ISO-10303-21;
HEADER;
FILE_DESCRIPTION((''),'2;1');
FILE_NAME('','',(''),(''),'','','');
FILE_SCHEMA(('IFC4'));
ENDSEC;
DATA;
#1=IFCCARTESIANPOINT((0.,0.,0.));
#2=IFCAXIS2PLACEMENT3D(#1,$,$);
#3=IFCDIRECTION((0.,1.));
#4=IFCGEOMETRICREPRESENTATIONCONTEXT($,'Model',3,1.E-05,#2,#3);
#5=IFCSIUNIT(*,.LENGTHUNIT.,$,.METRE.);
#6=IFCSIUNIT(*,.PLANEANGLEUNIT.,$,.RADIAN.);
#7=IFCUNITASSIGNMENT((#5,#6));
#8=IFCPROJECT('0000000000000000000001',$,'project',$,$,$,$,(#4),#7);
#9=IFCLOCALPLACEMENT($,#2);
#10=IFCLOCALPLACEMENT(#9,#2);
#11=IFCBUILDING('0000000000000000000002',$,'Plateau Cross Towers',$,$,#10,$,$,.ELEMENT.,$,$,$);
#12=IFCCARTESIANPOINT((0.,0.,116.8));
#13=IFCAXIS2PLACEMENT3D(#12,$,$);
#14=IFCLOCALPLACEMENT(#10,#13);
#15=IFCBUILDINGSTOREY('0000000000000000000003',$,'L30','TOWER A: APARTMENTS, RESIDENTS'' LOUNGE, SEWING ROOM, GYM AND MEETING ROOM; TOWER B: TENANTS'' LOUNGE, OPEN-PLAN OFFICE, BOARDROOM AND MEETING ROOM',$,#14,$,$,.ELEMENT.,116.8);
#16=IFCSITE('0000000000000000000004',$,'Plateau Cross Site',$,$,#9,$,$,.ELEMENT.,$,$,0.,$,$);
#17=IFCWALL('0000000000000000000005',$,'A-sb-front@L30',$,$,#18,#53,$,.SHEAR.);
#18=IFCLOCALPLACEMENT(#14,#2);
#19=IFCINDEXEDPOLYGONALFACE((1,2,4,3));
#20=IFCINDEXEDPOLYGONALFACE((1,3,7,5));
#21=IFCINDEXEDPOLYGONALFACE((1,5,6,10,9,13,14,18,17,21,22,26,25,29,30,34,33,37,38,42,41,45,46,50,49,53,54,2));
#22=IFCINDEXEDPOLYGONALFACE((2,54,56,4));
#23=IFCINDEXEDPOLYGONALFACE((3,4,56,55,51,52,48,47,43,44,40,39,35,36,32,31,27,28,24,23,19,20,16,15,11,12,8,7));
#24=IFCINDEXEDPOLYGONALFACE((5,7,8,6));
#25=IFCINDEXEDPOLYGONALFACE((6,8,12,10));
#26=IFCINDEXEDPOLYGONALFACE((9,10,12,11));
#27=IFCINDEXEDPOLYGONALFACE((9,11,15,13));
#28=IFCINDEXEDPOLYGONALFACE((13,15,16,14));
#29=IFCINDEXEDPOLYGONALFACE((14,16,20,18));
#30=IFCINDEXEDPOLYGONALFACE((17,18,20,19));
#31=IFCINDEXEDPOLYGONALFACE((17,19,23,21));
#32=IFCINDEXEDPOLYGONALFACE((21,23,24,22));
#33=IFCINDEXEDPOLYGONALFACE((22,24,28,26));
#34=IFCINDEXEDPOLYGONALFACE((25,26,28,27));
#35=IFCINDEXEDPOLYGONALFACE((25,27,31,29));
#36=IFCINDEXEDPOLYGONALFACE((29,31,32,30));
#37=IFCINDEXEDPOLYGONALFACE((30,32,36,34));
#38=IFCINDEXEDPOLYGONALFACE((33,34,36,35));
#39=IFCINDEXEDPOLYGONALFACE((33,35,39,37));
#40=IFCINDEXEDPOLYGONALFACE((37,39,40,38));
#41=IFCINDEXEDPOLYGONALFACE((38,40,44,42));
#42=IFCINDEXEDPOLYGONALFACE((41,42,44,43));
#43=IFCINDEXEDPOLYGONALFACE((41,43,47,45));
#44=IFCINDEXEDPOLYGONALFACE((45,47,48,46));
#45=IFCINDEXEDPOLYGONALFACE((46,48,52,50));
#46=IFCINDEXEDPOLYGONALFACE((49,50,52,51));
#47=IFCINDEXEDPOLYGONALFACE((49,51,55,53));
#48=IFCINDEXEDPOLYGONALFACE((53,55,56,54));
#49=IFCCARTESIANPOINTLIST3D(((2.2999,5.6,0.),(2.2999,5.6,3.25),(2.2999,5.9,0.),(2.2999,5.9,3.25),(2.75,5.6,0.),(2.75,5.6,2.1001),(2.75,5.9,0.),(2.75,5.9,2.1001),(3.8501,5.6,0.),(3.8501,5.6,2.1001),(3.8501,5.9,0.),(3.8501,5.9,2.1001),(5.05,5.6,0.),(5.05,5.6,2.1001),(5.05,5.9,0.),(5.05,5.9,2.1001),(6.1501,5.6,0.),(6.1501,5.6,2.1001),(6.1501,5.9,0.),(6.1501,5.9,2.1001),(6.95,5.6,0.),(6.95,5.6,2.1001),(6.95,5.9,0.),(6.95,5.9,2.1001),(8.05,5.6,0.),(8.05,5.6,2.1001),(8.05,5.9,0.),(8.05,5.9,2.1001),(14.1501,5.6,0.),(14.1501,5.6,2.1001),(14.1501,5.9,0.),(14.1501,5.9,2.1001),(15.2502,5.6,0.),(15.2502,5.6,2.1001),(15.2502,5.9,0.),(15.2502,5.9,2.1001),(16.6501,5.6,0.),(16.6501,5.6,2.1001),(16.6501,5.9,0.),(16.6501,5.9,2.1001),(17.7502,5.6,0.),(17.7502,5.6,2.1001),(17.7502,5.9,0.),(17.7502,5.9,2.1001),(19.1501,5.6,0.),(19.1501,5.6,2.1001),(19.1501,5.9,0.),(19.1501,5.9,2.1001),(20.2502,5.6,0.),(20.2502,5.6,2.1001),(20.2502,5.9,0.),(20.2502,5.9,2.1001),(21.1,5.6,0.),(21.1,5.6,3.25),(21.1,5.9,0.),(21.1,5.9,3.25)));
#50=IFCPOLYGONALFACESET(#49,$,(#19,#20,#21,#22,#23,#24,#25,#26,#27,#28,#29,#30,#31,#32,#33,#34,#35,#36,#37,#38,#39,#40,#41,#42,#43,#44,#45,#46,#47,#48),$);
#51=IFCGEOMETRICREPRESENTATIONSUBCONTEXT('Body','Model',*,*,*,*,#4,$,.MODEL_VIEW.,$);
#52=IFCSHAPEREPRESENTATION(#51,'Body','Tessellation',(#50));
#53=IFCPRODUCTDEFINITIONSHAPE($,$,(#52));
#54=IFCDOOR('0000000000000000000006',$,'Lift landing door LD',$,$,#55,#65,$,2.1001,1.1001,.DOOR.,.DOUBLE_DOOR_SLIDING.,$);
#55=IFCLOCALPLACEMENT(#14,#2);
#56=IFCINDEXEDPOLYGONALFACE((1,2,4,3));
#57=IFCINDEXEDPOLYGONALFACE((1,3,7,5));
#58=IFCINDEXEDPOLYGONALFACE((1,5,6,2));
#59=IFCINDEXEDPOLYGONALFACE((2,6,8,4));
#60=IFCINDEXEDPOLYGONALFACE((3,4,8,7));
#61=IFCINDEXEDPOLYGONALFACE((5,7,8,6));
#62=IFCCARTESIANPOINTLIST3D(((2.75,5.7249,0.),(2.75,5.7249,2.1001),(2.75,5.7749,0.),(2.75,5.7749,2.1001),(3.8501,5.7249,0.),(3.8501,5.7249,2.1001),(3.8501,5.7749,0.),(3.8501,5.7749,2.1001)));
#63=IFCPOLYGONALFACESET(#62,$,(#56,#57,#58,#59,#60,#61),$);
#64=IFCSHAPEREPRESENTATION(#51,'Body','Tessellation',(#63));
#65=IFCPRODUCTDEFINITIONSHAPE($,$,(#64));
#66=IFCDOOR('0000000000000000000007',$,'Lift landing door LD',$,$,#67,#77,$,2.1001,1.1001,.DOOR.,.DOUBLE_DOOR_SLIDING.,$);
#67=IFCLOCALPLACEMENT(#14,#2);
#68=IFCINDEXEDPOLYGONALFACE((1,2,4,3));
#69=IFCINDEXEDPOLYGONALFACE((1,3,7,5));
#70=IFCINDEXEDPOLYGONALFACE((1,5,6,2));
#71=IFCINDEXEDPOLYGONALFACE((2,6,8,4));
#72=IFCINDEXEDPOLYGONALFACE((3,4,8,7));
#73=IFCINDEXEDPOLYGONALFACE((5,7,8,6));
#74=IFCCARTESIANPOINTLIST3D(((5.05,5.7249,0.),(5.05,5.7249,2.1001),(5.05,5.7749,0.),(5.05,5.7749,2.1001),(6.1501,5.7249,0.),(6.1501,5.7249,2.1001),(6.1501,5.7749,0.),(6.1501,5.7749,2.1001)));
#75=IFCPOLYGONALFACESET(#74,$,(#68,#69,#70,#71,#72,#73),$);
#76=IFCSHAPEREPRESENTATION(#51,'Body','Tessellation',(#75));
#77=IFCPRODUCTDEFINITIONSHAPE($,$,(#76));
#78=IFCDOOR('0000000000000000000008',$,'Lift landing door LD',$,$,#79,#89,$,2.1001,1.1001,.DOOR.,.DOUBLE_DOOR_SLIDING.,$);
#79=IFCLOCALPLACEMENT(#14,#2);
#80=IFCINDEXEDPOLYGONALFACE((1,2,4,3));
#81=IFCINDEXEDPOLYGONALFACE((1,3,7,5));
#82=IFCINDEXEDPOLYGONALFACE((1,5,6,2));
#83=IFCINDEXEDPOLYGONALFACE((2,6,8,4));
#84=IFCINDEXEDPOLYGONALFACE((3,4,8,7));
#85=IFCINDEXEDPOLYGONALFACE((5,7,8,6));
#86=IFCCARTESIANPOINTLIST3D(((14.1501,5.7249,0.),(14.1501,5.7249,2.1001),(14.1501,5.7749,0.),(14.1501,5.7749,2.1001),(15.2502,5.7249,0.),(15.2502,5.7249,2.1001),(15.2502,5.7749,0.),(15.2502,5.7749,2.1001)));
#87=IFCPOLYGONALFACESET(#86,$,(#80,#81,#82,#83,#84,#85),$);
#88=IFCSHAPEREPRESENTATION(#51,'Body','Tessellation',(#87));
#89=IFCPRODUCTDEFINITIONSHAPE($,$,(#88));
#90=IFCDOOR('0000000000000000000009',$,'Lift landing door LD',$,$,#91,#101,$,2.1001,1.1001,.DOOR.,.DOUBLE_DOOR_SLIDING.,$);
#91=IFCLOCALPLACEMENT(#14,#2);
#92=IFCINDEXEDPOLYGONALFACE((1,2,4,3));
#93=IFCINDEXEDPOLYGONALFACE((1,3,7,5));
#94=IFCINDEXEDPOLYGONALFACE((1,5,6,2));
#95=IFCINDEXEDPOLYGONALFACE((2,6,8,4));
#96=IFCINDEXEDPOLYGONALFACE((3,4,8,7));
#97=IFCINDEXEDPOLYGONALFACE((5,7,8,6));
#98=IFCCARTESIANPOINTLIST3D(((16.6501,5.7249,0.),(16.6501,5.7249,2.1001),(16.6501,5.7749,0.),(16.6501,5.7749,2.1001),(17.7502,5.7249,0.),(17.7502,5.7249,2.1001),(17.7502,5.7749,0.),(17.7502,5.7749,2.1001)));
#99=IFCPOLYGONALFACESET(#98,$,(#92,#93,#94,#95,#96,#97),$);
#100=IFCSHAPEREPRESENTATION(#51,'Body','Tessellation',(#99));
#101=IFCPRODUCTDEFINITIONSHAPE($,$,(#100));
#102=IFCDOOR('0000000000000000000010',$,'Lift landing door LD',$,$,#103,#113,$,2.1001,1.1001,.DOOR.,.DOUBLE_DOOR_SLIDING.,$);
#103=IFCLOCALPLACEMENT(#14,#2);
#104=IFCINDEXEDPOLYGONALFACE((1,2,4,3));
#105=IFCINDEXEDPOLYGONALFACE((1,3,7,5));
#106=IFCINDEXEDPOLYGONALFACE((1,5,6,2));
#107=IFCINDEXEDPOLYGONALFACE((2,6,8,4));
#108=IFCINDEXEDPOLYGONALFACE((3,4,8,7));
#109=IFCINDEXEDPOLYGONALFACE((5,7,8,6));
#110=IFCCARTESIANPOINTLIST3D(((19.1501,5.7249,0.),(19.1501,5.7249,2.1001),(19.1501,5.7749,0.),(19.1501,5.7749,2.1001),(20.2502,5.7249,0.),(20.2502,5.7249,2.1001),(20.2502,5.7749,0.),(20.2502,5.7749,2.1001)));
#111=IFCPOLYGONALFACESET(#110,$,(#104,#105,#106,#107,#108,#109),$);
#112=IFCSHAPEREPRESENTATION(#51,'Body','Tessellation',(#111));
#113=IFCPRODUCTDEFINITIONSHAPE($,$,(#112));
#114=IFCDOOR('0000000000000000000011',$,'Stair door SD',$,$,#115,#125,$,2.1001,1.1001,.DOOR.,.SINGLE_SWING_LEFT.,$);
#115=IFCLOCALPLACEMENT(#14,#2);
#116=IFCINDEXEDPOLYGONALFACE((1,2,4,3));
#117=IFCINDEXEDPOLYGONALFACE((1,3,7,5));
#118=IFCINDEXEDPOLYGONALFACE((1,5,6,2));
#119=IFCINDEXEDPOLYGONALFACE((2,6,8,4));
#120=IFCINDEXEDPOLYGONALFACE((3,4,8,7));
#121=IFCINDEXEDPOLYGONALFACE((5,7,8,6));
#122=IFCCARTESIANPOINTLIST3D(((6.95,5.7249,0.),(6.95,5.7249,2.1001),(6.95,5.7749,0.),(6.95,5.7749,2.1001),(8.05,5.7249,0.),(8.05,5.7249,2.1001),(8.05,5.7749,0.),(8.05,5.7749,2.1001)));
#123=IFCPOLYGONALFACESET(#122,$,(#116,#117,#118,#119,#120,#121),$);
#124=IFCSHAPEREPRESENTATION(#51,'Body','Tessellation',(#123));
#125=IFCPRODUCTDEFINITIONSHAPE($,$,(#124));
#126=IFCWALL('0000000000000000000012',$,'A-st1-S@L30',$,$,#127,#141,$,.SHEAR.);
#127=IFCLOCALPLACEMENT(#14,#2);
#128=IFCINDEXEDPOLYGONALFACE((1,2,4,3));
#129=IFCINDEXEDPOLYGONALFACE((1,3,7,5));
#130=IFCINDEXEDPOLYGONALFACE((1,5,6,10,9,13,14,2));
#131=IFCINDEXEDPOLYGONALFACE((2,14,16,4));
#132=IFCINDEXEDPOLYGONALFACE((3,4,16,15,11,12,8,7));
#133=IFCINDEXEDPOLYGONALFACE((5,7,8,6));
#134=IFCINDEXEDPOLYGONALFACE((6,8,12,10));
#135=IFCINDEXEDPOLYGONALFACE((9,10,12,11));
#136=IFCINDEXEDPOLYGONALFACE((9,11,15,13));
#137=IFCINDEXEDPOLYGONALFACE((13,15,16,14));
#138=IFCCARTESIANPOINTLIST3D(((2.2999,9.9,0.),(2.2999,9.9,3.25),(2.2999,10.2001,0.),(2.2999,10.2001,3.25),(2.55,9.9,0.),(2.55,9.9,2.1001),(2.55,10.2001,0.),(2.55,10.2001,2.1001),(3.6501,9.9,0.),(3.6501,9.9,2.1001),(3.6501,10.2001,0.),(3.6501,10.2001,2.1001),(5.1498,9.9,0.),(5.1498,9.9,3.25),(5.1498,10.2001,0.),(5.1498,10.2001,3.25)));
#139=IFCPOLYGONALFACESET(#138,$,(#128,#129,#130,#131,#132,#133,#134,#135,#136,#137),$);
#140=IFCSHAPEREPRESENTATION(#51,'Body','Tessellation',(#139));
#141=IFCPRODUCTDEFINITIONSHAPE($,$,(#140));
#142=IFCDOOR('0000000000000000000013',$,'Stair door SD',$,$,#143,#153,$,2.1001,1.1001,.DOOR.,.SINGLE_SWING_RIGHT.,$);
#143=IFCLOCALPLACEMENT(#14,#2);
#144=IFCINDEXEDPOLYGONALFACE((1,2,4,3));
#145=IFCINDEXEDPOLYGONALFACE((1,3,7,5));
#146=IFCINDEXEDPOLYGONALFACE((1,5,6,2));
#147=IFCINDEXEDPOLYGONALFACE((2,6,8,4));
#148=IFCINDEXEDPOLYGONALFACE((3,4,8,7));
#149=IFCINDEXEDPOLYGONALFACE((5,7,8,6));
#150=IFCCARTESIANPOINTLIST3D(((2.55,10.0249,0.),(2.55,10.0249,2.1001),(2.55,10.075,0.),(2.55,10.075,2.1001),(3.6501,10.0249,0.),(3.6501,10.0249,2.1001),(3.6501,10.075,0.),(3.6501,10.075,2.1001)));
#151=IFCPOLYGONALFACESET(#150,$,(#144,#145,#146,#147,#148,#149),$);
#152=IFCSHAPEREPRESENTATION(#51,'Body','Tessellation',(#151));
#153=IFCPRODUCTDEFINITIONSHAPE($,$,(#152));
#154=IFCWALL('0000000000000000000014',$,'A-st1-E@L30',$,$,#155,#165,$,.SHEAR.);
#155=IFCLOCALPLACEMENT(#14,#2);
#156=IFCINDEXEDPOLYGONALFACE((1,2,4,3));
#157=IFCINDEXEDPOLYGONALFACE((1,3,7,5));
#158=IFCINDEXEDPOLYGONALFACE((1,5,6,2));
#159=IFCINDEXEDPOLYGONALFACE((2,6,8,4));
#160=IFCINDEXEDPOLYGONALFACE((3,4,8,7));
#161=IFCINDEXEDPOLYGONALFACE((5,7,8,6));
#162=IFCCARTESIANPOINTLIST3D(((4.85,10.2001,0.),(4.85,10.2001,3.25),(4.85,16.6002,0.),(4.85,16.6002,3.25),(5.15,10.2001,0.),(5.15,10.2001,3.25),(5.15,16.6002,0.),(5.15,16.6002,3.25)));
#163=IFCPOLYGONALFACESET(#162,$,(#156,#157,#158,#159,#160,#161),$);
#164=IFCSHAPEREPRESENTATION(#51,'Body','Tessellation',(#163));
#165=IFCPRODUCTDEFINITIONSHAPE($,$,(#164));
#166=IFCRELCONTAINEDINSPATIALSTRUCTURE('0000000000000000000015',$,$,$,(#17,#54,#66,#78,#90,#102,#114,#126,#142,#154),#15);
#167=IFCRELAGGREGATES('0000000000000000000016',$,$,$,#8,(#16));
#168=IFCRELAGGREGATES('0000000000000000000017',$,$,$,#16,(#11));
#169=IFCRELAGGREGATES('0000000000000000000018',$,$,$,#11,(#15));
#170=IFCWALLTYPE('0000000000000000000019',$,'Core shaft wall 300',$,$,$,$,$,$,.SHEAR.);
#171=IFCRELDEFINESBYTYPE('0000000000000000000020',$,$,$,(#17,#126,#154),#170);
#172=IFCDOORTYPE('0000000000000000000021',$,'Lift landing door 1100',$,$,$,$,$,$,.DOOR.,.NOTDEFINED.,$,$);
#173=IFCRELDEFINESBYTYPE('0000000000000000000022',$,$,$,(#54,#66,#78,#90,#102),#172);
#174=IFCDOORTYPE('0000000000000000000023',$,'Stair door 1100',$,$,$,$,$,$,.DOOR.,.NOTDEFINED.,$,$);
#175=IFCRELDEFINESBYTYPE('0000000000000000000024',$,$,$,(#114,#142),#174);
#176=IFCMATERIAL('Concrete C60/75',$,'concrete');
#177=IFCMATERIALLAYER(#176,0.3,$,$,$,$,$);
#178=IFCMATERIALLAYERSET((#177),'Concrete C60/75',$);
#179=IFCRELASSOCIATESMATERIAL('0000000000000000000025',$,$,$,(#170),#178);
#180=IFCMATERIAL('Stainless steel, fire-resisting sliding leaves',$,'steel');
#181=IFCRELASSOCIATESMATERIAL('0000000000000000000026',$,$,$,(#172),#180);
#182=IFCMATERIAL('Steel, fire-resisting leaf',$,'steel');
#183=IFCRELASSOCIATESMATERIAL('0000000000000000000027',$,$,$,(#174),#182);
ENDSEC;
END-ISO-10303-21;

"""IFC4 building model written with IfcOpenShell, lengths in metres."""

from ifc_helpers import new_model, si_unit, direction, frame, frame_2d, origin, place, context, subcontext, project, spatial, rectangle, extrude, material, layer, layer_set, type_object, element, fill, save


model = new_model("IFC4")

# Units and contexts
model_context = context("Model", 3, precision=1e-05, world=origin(), true_north=direction((0.0, 1.0)))
body_context = subcontext(model_context, "Body", "Model", "MODEL_VIEW")
ifc_project = project(units=[si_unit("LENGTHUNIT", "METRE"), si_unit("PLANEANGLEUNIT", "RADIAN")], contexts=[model_context])

# Site, building, storey
site_placement = place(None, origin())
site = spatial("IfcSite", under=ifc_project, at=site_placement, Name="Plateau Cross Site", CompositionType="ELEMENT", RefElevation=0.0)
building_placement = place(site_placement, origin())
building = spatial("IfcBuilding", under=site, at=building_placement, Name="Plateau Cross Towers", CompositionType="ELEMENT")
storey_placement = place(building_placement, frame((0.0, 0.0, 116.8)))
storey = spatial("IfcBuildingStorey", under=building, at=storey_placement, Name="L30", Description="TOWER A: APARTMENTS, RESIDENTS' LOUNGE, SEWING ROOM, GYM AND MEETING ROOM; TOWER B: TENANTS' LOUNGE, OPEN-PLAN OFFICE, BOARDROOM AND MEETING ROOM", CompositionType="ELEMENT", Elevation=116.8)

# Shared definitions
ifc_material_1 = material(Name="Concrete C60/75", Category="concrete")
ifc_layer_1 = layer(ifc_material_1, 0.3)
ifc_layer_set_1 = layer_set([ifc_layer_1], Name="Concrete C60/75")
wall_type_1 = type_object("IfcWallType", Name="Core shaft wall 300", PredefinedType="SHEAR", material=ifc_layer_set_1)

# Wall, openings, doors
wall_1_placement = place(storey_placement, frame((2.3, 5.75, 0.0), z_axis=(0.0, 0.0, 1.0), x_axis=(1.0, 0.0, 0.0)))
wall_1 = element("IfcWall", 1, at=wall_1_placement, inside=storey, type_object=wall_type_1, Name="A-sb-front@L30", PredefinedType="SHEAR", context=body_context, shape_type="SweptSolid", body=[
    extrude(rectangle(XDim=18.8, YDim=0.3, at=frame_2d((9.3999, 0.0))), origin(), (0.0, 0.0, 1.0), 3.25),
])
opening_1_placement = place(wall_1_placement, frame((4.6499, 0.0, 0.0)))
opening_1 = element("IfcOpeningElement", 2, at=opening_1_placement, cuts=wall_1, PredefinedType="OPENING", context=body_context, shape_type="SweptSolid", body=[
    extrude(rectangle(XDim=1.1001, YDim=2.1001, at=frame_2d((0.55, 1.05))), frame((0.0, 0.1599, 0.0), z_axis=(0.0, -1.0, 0.0), x_axis=(1.0, 0.0, 0.0)), (0.0, 0.0, 1.0), 0.3201),
])
opening_2_placement = place(wall_1_placement, frame((0.45, 0.0, 0.0)))
opening_2 = element("IfcOpeningElement", 3, at=opening_2_placement, cuts=wall_1, PredefinedType="OPENING", context=body_context, shape_type="SweptSolid", body=[
    extrude(rectangle(XDim=1.1001, YDim=2.1001, at=frame_2d((0.55, 1.05))), frame((0.0, 0.1599, 0.0), z_axis=(0.0, -1.0, 0.0), x_axis=(1.0, 0.0, 0.0)), (0.0, 0.0, 1.0), 0.3201),
])
opening_3_placement = place(wall_1_placement, frame((2.75, 0.0, 0.0)))
opening_3 = element("IfcOpeningElement", 4, at=opening_3_placement, cuts=wall_1, PredefinedType="OPENING", context=body_context, shape_type="SweptSolid", body=[
    extrude(rectangle(XDim=1.1001, YDim=2.1001, at=frame_2d((0.55, 1.05))), frame((0.0, 0.1599, 0.0), z_axis=(0.0, -1.0, 0.0), x_axis=(1.0, 0.0, 0.0)), (0.0, 0.0, 1.0), 0.3201),
])
opening_4_placement = place(wall_1_placement, frame((11.8501, 0.0, 0.0)))
opening_4 = element("IfcOpeningElement", 5, at=opening_4_placement, cuts=wall_1, PredefinedType="OPENING", context=body_context, shape_type="SweptSolid", body=[
    extrude(rectangle(XDim=1.1001, YDim=2.1001, at=frame_2d((0.55, 1.05))), frame((0.0, 0.1599, 0.0), z_axis=(0.0, -1.0, 0.0), x_axis=(1.0, 0.0, 0.0)), (0.0, 0.0, 1.0), 0.3201),
])
opening_5_placement = place(wall_1_placement, frame((14.3501, 0.0, 0.0)))
opening_5 = element("IfcOpeningElement", 6, at=opening_5_placement, cuts=wall_1, PredefinedType="OPENING", context=body_context, shape_type="SweptSolid", body=[
    extrude(rectangle(XDim=1.1001, YDim=2.1001, at=frame_2d((0.55, 1.05))), frame((0.0, 0.1599, 0.0), z_axis=(0.0, -1.0, 0.0), x_axis=(1.0, 0.0, 0.0)), (0.0, 0.0, 1.0), 0.3201),
])
opening_6_placement = place(wall_1_placement, frame((16.8501, 0.0, 0.0)))
opening_6 = element("IfcOpeningElement", 7, at=opening_6_placement, cuts=wall_1, PredefinedType="OPENING", context=body_context, shape_type="SweptSolid", body=[
    extrude(rectangle(XDim=1.1001, YDim=2.1001, at=frame_2d((0.55, 1.05))), frame((0.0, 0.1599, 0.0), z_axis=(0.0, -1.0, 0.0), x_axis=(1.0, 0.0, 0.0)), (0.0, 0.0, 1.0), 0.3201),
])
ifc_material_2 = material(Name="Stainless steel, fire-resisting sliding leaves", Category="steel")
door_type_1 = type_object("IfcDoorType", Name="Lift landing door 1100", OperationType="NOTDEFINED", PredefinedType="DOOR", material=ifc_material_2)
door_1_placement = place(opening_2_placement, origin())
door_1 = element("IfcDoor", 8, at=door_1_placement, inside=storey, type_object=door_type_1, Name="Lift landing door LD", OperationType="DOUBLE_DOOR_SLIDING", OverallHeight=2.1001, OverallWidth=1.1001, PredefinedType="DOOR", context=body_context, shape_type="SweptSolid", body=[
    extrude(rectangle(XDim=1.1001, YDim=2.1001, at=frame_2d((0.55, 1.05))), frame((0.0, 0.0249, 0.0), z_axis=(0.0, -1.0, 0.0), x_axis=(1.0, 0.0, 0.0)), (0.0, 0.0, 1.0), 0.05),
])
fill(opening_2, door_1)
door_2_placement = place(opening_3_placement, origin())
door_2 = element("IfcDoor", 9, at=door_2_placement, inside=storey, type_object=door_type_1, Name="Lift landing door LD", OperationType="DOUBLE_DOOR_SLIDING", OverallHeight=2.1001, OverallWidth=1.1001, PredefinedType="DOOR", context=body_context, shape_type="SweptSolid", body=[
    extrude(rectangle(XDim=1.1001, YDim=2.1001, at=frame_2d((0.55, 1.05))), frame((0.0, 0.0249, 0.0), z_axis=(0.0, -1.0, 0.0), x_axis=(1.0, 0.0, 0.0)), (0.0, 0.0, 1.0), 0.05),
])
fill(opening_3, door_2)
door_3_placement = place(opening_4_placement, origin())
door_3 = element("IfcDoor", 10, at=door_3_placement, inside=storey, type_object=door_type_1, Name="Lift landing door LD", OperationType="DOUBLE_DOOR_SLIDING", OverallHeight=2.1001, OverallWidth=1.1001, PredefinedType="DOOR", context=body_context, shape_type="SweptSolid", body=[
    extrude(rectangle(XDim=1.1001, YDim=2.1001, at=frame_2d((0.55, 1.05))), frame((0.0, 0.0249, 0.0), z_axis=(0.0, -1.0, 0.0), x_axis=(1.0, 0.0, 0.0)), (0.0, 0.0, 1.0), 0.05),
])
fill(opening_4, door_3)
door_4_placement = place(opening_5_placement, origin())
door_4 = element("IfcDoor", 11, at=door_4_placement, inside=storey, type_object=door_type_1, Name="Lift landing door LD", OperationType="DOUBLE_DOOR_SLIDING", OverallHeight=2.1001, OverallWidth=1.1001, PredefinedType="DOOR", context=body_context, shape_type="SweptSolid", body=[
    extrude(rectangle(XDim=1.1001, YDim=2.1001, at=frame_2d((0.55, 1.05))), frame((0.0, 0.0249, 0.0), z_axis=(0.0, -1.0, 0.0), x_axis=(1.0, 0.0, 0.0)), (0.0, 0.0, 1.0), 0.05),
])
fill(opening_5, door_4)
door_5_placement = place(opening_6_placement, origin())
door_5 = element("IfcDoor", 12, at=door_5_placement, inside=storey, type_object=door_type_1, Name="Lift landing door LD", OperationType="DOUBLE_DOOR_SLIDING", OverallHeight=2.1001, OverallWidth=1.1001, PredefinedType="DOOR", context=body_context, shape_type="SweptSolid", body=[
    extrude(rectangle(XDim=1.1001, YDim=2.1001, at=frame_2d((0.55, 1.05))), frame((0.0, 0.0249, 0.0), z_axis=(0.0, -1.0, 0.0), x_axis=(1.0, 0.0, 0.0)), (0.0, 0.0, 1.0), 0.05),
])
fill(opening_6, door_5)
ifc_material_3 = material(Name="Steel, fire-resisting leaf", Category="steel")
door_type_2 = type_object("IfcDoorType", Name="Stair door 1100", OperationType="NOTDEFINED", PredefinedType="DOOR", material=ifc_material_3)
door_6_placement = place(opening_1_placement, origin())
door_6 = element("IfcDoor", 13, at=door_6_placement, inside=storey, type_object=door_type_2, Name="Stair door SD", OperationType="SINGLE_SWING_LEFT", OverallHeight=2.1001, OverallWidth=1.1001, PredefinedType="DOOR", context=body_context, shape_type="SweptSolid", body=[
    extrude(rectangle(XDim=1.1001, YDim=2.1001, at=frame_2d((0.55, 1.05))), frame((0.0, 0.0249, 0.0), z_axis=(0.0, -1.0, 0.0), x_axis=(1.0, 0.0, 0.0)), (0.0, 0.0, 1.0), 0.05),
])
fill(opening_1, door_6)

# Wall, opening, door
wall_2_placement = place(storey_placement, frame((2.3, 10.05, 0.0), z_axis=(0.0, 0.0, 1.0), x_axis=(1.0, 0.0, 0.0)))
wall_2 = element("IfcWall", 14, at=wall_2_placement, inside=storey, type_object=wall_type_1, Name="A-st1-S@L30", PredefinedType="SHEAR", context=body_context, shape_type="SweptSolid", body=[
    extrude(rectangle(XDim=2.8499, YDim=0.3, at=frame_2d((1.4248, 0.0))), origin(), (0.0, 0.0, 1.0), 3.25),
])
opening_7_placement = place(wall_2_placement, frame((0.25, 0.0, 0.0)))
opening_7 = element("IfcOpeningElement", 15, at=opening_7_placement, cuts=wall_2, PredefinedType="OPENING", context=body_context, shape_type="SweptSolid", body=[
    extrude(rectangle(XDim=1.1001, YDim=2.1001, at=frame_2d((0.55, 1.05))), frame((0.0, 0.1599, 0.0), z_axis=(0.0, -1.0, 0.0), x_axis=(1.0, 0.0, 0.0)), (0.0, 0.0, 1.0), 0.3201),
])
door_7_placement = place(opening_7_placement, origin())
door_7 = element("IfcDoor", 16, at=door_7_placement, inside=storey, type_object=door_type_2, Name="Stair door SD", OperationType="SINGLE_SWING_RIGHT", OverallHeight=2.1001, OverallWidth=1.1001, PredefinedType="DOOR", context=body_context, shape_type="SweptSolid", body=[
    extrude(rectangle(XDim=1.1001, YDim=2.1001, at=frame_2d((0.55, 1.05))), frame((0.0, 0.0249, 0.0), z_axis=(0.0, -1.0, 0.0), x_axis=(1.0, 0.0, 0.0)), (0.0, 0.0, 1.0), 0.05),
])
fill(opening_7, door_7)

# Wall
wall_3_placement = place(storey_placement, frame((5.0, 10.2, 0.0), z_axis=(0.0, 0.0, 1.0), x_axis=(0.0, 1.0, 0.0)))
element("IfcWall", 17, at=wall_3_placement, inside=storey, type_object=wall_type_1, Name="A-st1-E@L30", PredefinedType="SHEAR", context=body_context, shape_type="SweptSolid", body=[
    extrude(rectangle(XDim=6.4001, YDim=0.3, at=frame_2d((3.2002, 0.0))), origin(), (0.0, 0.0, 1.0), 3.25),
])

save(model, "model.ifc")
